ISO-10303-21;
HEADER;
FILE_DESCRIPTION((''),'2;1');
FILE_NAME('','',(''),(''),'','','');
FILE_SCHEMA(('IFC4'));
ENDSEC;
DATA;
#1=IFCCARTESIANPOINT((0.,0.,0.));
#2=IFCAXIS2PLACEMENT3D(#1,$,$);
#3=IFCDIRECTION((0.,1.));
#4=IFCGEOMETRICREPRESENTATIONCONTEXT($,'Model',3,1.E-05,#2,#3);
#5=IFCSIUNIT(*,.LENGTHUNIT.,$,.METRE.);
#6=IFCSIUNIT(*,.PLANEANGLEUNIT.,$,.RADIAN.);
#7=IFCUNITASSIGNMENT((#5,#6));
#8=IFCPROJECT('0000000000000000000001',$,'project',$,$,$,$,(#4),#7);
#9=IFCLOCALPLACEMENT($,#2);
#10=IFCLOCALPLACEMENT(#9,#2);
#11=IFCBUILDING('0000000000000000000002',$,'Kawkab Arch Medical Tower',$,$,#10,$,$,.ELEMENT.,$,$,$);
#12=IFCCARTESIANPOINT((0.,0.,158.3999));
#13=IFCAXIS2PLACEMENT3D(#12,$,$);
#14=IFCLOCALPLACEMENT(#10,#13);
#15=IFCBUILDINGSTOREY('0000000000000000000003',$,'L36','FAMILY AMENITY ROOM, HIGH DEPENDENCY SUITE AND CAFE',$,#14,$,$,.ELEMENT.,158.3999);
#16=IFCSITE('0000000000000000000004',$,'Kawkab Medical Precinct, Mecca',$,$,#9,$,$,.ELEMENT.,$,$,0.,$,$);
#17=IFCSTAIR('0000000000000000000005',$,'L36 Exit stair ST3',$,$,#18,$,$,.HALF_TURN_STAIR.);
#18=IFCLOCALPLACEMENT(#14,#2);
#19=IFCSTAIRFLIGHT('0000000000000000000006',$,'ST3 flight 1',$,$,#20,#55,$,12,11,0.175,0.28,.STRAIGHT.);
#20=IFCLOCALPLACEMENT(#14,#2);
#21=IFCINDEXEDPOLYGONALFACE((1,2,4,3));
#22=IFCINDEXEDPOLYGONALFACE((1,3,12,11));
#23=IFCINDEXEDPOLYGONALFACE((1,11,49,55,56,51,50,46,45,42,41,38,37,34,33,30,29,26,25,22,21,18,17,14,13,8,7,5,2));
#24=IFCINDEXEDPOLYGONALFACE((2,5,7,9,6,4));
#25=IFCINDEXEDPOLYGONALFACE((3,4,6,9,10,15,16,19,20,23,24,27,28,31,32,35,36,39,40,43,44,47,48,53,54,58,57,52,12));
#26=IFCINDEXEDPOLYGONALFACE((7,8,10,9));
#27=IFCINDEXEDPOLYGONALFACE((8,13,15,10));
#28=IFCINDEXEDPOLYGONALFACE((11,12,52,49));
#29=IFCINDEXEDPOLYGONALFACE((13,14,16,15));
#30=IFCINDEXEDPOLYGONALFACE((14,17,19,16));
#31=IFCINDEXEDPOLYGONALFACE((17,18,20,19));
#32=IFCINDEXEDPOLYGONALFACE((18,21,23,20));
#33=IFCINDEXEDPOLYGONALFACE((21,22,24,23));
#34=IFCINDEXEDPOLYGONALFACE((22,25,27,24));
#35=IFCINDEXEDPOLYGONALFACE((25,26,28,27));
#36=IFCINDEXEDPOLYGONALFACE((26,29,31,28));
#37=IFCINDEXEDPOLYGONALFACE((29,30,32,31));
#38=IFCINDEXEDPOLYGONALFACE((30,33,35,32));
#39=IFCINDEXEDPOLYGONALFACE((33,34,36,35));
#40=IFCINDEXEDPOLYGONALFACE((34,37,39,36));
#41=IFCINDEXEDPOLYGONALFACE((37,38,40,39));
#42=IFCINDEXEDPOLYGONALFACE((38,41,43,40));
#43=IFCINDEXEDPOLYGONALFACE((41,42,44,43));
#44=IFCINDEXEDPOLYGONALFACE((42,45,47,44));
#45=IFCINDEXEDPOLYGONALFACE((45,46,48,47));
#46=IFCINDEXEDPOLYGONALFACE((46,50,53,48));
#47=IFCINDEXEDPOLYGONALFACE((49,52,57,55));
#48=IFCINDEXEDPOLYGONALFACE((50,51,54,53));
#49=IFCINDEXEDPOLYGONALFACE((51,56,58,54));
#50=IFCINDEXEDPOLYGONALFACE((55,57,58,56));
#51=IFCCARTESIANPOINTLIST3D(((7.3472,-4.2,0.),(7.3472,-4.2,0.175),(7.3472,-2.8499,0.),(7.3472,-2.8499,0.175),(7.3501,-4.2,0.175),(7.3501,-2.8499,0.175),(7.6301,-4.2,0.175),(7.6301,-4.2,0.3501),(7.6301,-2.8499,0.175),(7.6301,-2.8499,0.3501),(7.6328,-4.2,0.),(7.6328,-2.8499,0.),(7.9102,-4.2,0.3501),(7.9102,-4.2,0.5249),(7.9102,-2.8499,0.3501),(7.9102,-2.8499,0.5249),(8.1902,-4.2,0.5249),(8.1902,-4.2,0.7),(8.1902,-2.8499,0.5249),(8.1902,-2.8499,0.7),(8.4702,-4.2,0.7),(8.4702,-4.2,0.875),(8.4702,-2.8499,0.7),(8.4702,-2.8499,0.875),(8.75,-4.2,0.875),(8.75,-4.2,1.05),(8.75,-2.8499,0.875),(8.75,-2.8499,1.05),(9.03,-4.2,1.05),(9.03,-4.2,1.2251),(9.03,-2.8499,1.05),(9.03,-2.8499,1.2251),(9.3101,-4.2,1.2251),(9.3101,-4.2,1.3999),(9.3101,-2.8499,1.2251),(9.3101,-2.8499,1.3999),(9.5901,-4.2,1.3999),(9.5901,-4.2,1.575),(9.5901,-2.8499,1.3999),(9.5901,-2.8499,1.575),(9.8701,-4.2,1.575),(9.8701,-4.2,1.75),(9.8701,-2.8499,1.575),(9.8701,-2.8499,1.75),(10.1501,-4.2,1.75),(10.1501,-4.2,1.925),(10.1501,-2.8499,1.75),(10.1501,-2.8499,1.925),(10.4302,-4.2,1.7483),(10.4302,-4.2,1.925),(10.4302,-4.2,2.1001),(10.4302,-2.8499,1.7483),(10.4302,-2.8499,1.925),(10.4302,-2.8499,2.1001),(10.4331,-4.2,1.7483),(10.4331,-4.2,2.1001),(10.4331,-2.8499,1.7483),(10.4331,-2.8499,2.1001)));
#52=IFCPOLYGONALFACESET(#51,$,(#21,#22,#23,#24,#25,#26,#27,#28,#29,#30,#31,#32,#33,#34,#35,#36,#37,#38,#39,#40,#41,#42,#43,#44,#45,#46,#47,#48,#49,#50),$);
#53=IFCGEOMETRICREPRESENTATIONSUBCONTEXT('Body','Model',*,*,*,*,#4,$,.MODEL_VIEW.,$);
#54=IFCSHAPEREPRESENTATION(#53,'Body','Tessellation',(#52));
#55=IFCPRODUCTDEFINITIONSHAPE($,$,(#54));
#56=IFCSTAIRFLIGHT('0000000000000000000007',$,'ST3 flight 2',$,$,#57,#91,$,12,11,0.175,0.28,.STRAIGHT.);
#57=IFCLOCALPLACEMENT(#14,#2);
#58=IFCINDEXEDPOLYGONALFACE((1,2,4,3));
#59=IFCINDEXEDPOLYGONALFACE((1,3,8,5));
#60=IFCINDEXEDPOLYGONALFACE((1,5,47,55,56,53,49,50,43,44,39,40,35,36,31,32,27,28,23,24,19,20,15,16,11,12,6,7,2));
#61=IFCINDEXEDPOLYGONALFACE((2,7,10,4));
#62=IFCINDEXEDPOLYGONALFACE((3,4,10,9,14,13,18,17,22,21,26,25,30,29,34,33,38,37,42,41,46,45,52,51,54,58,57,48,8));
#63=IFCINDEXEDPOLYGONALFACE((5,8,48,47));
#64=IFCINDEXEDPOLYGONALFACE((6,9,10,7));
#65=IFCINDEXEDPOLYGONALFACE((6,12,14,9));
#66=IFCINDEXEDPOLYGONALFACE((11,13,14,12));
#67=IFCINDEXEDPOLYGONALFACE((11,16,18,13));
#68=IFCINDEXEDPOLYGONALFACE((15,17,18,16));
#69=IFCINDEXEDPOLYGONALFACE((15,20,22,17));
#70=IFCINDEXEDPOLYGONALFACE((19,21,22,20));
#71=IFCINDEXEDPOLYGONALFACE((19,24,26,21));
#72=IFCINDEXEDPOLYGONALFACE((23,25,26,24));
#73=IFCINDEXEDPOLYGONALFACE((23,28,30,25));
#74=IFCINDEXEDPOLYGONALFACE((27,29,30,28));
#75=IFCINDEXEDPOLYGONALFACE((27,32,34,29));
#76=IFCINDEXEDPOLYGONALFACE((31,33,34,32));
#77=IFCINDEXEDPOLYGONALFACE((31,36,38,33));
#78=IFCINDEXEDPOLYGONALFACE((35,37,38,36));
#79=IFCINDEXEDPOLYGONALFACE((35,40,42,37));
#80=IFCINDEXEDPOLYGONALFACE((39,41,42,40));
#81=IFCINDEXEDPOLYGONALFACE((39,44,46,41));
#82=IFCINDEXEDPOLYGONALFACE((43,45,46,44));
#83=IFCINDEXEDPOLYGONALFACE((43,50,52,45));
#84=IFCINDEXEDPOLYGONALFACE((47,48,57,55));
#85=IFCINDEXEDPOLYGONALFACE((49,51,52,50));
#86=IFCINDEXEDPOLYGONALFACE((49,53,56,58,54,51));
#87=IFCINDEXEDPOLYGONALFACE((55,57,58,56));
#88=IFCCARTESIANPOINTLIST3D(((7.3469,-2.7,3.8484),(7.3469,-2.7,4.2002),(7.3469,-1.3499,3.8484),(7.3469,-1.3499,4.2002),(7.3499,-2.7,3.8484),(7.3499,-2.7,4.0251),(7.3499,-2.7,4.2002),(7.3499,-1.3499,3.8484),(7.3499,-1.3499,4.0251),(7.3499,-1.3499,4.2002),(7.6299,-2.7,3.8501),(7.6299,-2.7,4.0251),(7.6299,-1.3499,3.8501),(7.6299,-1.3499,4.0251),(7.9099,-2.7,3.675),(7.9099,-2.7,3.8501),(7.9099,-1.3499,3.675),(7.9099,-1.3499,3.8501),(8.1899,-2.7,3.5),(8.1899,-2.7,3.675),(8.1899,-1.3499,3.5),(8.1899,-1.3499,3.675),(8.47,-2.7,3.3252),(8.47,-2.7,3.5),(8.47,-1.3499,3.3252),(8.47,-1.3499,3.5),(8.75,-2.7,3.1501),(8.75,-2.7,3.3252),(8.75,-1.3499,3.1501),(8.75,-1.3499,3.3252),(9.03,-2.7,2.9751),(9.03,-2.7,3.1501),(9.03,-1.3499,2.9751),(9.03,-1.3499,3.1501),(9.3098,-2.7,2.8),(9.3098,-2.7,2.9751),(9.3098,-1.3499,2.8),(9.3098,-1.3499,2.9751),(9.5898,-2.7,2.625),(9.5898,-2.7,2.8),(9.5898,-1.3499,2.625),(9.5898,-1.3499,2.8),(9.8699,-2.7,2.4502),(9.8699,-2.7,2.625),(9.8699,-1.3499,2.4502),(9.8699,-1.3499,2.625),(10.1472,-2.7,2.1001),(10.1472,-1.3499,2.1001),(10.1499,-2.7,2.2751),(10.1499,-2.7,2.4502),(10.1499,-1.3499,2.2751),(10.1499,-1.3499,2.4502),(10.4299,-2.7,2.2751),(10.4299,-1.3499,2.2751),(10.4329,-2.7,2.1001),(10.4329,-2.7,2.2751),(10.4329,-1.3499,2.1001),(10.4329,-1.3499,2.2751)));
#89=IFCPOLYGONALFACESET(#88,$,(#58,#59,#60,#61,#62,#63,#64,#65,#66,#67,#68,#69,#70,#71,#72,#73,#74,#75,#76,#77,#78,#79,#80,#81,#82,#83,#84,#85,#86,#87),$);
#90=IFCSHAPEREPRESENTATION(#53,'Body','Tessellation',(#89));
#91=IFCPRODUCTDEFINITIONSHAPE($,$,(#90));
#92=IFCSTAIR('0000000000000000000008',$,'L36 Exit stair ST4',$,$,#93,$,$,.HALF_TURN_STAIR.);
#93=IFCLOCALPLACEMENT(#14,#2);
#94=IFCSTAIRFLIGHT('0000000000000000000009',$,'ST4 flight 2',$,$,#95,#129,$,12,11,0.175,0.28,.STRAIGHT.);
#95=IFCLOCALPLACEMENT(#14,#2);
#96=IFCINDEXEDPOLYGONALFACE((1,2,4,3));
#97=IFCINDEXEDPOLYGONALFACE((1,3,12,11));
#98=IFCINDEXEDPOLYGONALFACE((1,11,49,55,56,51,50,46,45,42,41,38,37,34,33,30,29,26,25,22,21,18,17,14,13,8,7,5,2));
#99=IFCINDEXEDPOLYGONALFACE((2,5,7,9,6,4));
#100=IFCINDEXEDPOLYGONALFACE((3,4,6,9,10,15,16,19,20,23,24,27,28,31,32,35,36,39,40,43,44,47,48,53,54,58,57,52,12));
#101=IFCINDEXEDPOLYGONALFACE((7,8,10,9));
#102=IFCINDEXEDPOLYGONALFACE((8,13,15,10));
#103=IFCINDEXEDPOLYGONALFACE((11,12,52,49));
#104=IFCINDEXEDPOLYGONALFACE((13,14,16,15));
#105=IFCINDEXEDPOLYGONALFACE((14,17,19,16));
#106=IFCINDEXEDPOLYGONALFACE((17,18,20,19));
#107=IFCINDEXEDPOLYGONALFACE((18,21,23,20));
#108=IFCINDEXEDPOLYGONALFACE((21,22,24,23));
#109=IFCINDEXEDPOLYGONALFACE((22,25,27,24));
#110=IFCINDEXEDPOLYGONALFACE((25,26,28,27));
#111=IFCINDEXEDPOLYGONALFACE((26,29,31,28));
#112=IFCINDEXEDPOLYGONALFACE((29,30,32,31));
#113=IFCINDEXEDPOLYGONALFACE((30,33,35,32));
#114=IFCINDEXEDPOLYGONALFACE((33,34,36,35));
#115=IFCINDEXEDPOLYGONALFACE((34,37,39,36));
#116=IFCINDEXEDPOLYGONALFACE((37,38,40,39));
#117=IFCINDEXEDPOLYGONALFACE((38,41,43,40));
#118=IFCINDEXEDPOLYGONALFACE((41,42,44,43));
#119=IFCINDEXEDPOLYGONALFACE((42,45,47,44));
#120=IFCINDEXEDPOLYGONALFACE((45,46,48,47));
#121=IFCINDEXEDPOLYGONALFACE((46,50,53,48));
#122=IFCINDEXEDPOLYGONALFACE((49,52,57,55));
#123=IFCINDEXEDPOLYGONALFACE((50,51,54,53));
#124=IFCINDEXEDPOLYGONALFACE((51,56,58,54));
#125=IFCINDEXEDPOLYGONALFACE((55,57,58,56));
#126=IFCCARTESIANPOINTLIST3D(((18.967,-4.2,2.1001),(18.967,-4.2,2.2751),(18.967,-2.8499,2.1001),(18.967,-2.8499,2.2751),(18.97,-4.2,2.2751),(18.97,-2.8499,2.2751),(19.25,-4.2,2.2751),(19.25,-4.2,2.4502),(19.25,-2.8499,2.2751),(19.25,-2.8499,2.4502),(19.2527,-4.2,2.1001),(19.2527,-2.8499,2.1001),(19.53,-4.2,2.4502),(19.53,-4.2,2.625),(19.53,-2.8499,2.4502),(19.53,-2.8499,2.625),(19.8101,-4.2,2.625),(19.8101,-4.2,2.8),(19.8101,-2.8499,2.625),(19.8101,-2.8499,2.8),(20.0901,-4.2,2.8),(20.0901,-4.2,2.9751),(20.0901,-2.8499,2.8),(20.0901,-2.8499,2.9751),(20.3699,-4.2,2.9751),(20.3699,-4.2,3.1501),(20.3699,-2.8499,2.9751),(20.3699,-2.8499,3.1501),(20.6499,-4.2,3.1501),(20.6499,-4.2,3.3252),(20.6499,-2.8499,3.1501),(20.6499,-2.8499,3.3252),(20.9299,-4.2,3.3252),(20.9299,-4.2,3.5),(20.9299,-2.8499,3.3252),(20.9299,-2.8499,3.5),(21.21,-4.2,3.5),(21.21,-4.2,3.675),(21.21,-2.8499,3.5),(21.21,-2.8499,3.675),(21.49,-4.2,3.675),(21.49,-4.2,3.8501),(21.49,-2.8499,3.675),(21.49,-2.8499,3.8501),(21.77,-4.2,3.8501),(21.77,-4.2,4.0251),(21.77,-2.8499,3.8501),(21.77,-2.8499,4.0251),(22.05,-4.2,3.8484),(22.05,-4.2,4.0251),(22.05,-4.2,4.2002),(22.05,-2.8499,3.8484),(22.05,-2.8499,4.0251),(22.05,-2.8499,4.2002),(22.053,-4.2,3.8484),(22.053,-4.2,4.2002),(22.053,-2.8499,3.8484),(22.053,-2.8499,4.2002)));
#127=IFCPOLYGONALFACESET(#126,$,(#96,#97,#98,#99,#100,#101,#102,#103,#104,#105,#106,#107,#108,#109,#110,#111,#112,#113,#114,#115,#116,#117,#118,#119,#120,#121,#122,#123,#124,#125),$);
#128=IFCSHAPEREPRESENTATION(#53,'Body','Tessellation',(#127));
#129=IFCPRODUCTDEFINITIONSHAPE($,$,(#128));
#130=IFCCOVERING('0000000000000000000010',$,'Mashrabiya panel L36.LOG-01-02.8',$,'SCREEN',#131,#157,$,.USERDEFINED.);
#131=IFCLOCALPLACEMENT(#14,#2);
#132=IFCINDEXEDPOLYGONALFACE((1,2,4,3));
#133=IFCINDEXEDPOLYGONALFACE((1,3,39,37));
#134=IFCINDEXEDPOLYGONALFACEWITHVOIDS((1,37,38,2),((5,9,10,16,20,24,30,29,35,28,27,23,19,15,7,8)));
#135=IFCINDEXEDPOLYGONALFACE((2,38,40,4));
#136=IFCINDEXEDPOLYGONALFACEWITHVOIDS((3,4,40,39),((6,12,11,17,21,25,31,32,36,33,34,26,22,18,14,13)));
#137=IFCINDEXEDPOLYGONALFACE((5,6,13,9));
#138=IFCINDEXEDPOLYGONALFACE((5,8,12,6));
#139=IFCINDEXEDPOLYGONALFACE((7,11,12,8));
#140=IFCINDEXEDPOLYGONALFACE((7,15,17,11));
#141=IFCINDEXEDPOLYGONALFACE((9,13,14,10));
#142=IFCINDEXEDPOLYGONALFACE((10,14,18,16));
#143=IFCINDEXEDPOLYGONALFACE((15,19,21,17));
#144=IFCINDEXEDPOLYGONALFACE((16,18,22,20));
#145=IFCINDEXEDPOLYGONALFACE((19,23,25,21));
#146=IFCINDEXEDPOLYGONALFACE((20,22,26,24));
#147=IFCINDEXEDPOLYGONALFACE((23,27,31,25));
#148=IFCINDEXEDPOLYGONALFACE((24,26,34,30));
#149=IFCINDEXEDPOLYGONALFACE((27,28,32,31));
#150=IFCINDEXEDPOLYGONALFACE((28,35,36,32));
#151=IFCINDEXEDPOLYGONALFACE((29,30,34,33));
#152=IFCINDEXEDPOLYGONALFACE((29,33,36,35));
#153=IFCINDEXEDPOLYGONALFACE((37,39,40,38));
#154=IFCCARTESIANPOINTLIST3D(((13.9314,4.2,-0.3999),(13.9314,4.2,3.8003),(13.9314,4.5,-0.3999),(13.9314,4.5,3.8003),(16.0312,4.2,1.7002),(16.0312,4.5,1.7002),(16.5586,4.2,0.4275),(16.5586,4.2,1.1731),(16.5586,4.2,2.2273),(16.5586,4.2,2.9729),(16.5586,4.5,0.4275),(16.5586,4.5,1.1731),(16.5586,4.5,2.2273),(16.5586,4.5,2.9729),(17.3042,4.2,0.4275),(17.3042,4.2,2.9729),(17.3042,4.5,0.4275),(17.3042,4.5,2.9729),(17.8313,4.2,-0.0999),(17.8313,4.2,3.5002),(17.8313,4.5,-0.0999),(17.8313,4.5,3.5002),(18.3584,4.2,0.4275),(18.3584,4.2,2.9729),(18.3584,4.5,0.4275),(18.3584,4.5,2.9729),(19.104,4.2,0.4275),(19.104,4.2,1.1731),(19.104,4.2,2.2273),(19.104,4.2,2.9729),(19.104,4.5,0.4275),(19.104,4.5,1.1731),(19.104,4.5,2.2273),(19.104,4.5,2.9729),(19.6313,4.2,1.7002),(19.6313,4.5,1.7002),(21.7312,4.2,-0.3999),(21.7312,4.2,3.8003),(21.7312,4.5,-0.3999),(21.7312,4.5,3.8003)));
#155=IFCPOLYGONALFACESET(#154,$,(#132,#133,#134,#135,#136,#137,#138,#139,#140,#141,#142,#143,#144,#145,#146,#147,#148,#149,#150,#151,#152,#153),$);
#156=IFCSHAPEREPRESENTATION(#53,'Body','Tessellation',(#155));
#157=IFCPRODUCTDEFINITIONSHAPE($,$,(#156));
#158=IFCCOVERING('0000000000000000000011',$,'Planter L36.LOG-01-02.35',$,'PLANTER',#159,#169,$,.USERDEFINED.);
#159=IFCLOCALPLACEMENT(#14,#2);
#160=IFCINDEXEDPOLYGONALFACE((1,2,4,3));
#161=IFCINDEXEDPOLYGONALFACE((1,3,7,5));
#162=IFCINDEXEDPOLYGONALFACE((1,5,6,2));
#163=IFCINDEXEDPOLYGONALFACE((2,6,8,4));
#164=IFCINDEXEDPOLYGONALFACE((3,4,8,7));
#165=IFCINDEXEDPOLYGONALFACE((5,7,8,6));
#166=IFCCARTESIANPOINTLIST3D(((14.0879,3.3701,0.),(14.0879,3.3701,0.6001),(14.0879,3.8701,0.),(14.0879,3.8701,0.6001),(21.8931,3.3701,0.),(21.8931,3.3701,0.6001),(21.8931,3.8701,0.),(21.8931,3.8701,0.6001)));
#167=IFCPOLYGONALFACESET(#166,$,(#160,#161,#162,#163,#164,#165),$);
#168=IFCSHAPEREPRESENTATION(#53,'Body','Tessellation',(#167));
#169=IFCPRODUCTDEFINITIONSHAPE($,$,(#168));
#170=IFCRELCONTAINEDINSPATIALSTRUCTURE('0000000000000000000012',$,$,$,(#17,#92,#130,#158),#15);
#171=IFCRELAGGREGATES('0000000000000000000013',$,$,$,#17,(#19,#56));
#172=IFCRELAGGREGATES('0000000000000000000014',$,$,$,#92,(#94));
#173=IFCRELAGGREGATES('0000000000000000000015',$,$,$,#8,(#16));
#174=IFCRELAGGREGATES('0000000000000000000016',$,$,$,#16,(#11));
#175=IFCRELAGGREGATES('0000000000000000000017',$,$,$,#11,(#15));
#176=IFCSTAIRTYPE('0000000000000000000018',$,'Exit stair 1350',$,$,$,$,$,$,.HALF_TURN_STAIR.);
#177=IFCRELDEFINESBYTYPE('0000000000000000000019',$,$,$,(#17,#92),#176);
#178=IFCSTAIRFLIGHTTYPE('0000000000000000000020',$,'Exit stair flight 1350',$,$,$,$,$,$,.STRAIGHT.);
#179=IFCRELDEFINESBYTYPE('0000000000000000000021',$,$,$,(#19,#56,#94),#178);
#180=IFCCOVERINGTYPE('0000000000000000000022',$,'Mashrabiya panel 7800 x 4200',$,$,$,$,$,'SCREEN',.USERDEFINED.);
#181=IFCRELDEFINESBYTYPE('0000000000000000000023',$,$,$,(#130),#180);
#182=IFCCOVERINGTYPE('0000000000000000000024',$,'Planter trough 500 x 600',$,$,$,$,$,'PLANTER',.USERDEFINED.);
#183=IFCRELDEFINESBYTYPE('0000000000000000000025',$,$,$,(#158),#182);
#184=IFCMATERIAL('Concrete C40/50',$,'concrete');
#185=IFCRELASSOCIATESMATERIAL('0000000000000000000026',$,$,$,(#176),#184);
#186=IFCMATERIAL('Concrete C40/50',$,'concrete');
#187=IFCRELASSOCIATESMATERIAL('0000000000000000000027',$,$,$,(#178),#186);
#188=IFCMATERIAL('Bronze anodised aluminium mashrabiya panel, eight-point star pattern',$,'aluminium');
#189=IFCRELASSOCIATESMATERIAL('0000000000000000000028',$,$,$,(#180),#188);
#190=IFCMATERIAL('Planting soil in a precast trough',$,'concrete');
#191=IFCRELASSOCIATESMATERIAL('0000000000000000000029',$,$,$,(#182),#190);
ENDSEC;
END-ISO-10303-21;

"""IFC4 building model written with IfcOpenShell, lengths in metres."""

from ifc_helpers import new_model, si_unit, direction, frame, origin, origin_2d, place, context, subcontext, project, spatial, polyline, rectangle, outline, extrude, material, material_profile, profile_set, type_object, element, aggregate, save


model = new_model("IFC4")

# Units and contexts
model_context = context("Model", 3, precision=1e-05, world=origin(), true_north=direction((0.0, 1.0)))
body_context = subcontext(model_context, "Body", "Model", "MODEL_VIEW")
ifc_project = project(units=[si_unit("LENGTHUNIT", "METRE"), si_unit("PLANEANGLEUNIT", "RADIAN")], contexts=[model_context])

# Site, building, storey
site_placement = place(None, origin())
site = spatial("IfcSite", under=ifc_project, at=site_placement, Name="Kawkab Medical Precinct, Mecca", CompositionType="ELEMENT", RefElevation=0.0)
building_placement = place(site_placement, origin())
building = spatial("IfcBuilding", under=site, at=building_placement, Name="Kawkab Arch Medical Tower", CompositionType="ELEMENT")
storey_placement = place(building_placement, frame((0.0, 0.0, 158.3999)))
storey = spatial("IfcBuildingStorey", under=building, at=storey_placement, Name="L36", Description="FAMILY AMENITY ROOM, HIGH DEPENDENCY SUITE AND CAFE", CompositionType="ELEMENT", Elevation=158.3999)

# Shared definitions
placement = place(storey_placement, origin())

# Stair, stair flights
ifc_material_1 = material(Name="Concrete C40/50", Category="concrete")
stair_type = type_object("IfcStairType", Name="Exit stair 1350", PredefinedType="HALF_TURN_STAIR", material=ifc_material_1)
stair_1 = element("IfcStair", 1, at=placement, inside=storey, type_object=stair_type, Name="L36 Exit stair ST3", PredefinedType="HALF_TURN_STAIR")
ifc_material_2 = material(Name="Concrete C40/50", Category="concrete")
stair_flight_type = type_object("IfcStairFlightType", Name="Exit stair flight 1350", PredefinedType="STRAIGHT", material=ifc_material_2)
stair_flight_1_placement = place(storey_placement, frame((7.3501, -3.5249, 0.0), z_axis=(0.0, 0.0, 1.0), x_axis=(1.0, 0.0, 0.0)))
stair_flight_1 = element("IfcStairFlight", 2, at=stair_flight_1_placement, type_object=stair_flight_type, Name="ST3 flight 1", NumberOfRisers=12, NumberOfTreads=11, PredefinedType="STRAIGHT", RiserHeight=0.175, TreadLength=0.28, context=body_context, shape_type="SweptSolid", body=[
    extrude(outline(polyline([(-0.0029, 0.0), (-0.0029, 0.175), (0.0, 0.175), (0.28, 0.175), (0.28, 0.3501), (0.5601, 0.3501), (0.5601, 0.5249), (0.8401, 0.5249), (0.8401, 0.7), (1.1201, 0.7), (1.1201, 0.875), (1.3999, 0.875), (1.3999, 1.05), (1.6799, 1.05), (1.6799, 1.2251), (1.96, 1.2251), (1.96, 1.3999), (2.24, 1.3999), (2.24, 1.575), (2.52, 1.575), (2.52, 1.75), (2.8, 1.75), (2.8, 1.925), (3.0801, 1.925), (3.0801, 2.1001), (3.083, 2.1001), (3.083, 1.7483), (3.0801, 1.7483), (0.2827, 0.0), (-0.0029, 0.0)])), frame((0.0, 0.675, 0.0), z_axis=(0.0, -1.0, 0.0), x_axis=(1.0, 0.0, 0.0)), (0.0, 0.0, 1.0), 1.3501),
])
stair_flight_2_placement = place(storey_placement, frame((10.4299, -2.0249, 2.1001), z_axis=(0.0, 0.0, 1.0), x_axis=(-1.0, 0.0, 0.0)))
stair_flight_2 = element("IfcStairFlight", 3, at=stair_flight_2_placement, type_object=stair_flight_type, Name="ST3 flight 2", NumberOfRisers=12, NumberOfTreads=11, PredefinedType="STRAIGHT", RiserHeight=0.175, TreadLength=0.28, context=body_context, shape_type="SweptSolid", body=[
    extrude(outline(polyline([(-0.0029, 0.0), (-0.0029, 0.175), (0.0, 0.175), (0.28, 0.175), (0.28, 0.3501), (0.5601, 0.3501), (0.5601, 0.5249), (0.8401, 0.5249), (0.8401, 0.7), (1.1201, 0.7), (1.1201, 0.875), (1.3999, 0.875), (1.3999, 1.05), (1.6799, 1.05), (1.6799, 1.2251), (1.96, 1.2251), (1.96, 1.3999), (2.24, 1.3999), (2.24, 1.575), (2.52, 1.575), (2.52, 1.75), (2.8, 1.75), (2.8, 1.925), (3.0801, 1.925), (3.0801, 2.1001), (3.083, 2.1001), (3.083, 1.7483), (3.0801, 1.7483), (0.2827, 0.0), (-0.0029, 0.0)])), frame((0.0, 0.675, 0.0), z_axis=(0.0, -1.0, 0.0), x_axis=(1.0, 0.0, 0.0)), (0.0, 0.0, 1.0), 1.3501),
])
aggregate(stair_1, [stair_flight_1, stair_flight_2])

# Stair, stair flight
stair_2 = element("IfcStair", 4, at=placement, inside=storey, type_object=stair_type, Name="L36 Exit stair ST4", PredefinedType="HALF_TURN_STAIR")
stair_flight_3_placement = place(storey_placement, frame((18.97, -3.5249, 2.1001), z_axis=(0.0, 0.0, 1.0), x_axis=(1.0, 0.0, 0.0)))
stair_flight_3 = element("IfcStairFlight", 5, at=stair_flight_3_placement, type_object=stair_flight_type, Name="ST4 flight 2", NumberOfRisers=12, NumberOfTreads=11, PredefinedType="STRAIGHT", RiserHeight=0.175, TreadLength=0.28, context=body_context, shape_type="SweptSolid", body=[
    extrude(outline(polyline([(-0.0029, 0.0), (-0.0029, 0.175), (0.0, 0.175), (0.28, 0.175), (0.28, 0.3501), (0.5601, 0.3501), (0.5601, 0.5249), (0.8401, 0.5249), (0.8401, 0.7), (1.1201, 0.7), (1.1201, 0.875), (1.3999, 0.875), (1.3999, 1.05), (1.6799, 1.05), (1.6799, 1.2251), (1.96, 1.2251), (1.96, 1.3999), (2.24, 1.3999), (2.24, 1.575), (2.52, 1.575), (2.52, 1.75), (2.8, 1.75), (2.8, 1.925), (3.0801, 1.925), (3.0801, 2.1001), (3.083, 2.1001), (3.083, 1.7483), (3.0801, 1.7483), (0.2827, 0.0), (-0.0029, 0.0)])), frame((0.0, 0.675, 0.0), z_axis=(0.0, -1.0, 0.0), x_axis=(1.0, 0.0, 0.0)), (0.0, 0.0, 1.0), 1.3501),
])
aggregate(stair_2, [stair_flight_3])

# Coverings
ifc_material_3 = material(Name="Bronze anodised aluminium mashrabiya panel, eight-point star pattern", Category="aluminium")
ifc_material_profile_1 = material_profile(ifc_material_3, outline(polyline([(-3.8999, -2.1001), (3.8999, -2.1001), (3.8999, 2.1001), (-3.8999, 2.1001), (-3.8999, -2.1001)]), holes=[polyline([(1.8, 0.0), (1.2727, 0.5271), (1.2727, 1.2727), (0.5271, 1.2727), (0.0, 1.8), (-0.5271, 1.2727), (-1.2727, 1.2727), (-1.2727, 0.5271), (-1.8, 0.0), (-1.2727, -0.5271), (-1.2727, -1.2727), (-0.5271, -1.2727), (0.0, -1.8), (0.5271, -1.2727), (1.2727, -1.2727), (1.2727, -0.5271), (1.8, 0.0)])]), Name="Mashrabiya panel 7800x4200")
ifc_profile_set_1 = profile_set([ifc_material_profile_1], Name="Bronze anodised aluminium mashrabiya panel, eight-point star pattern")
covering_type_1 = type_object("IfcCoveringType", Name="Mashrabiya panel 7800 x 4200", ElementType="SCREEN", PredefinedType="USERDEFINED", material=ifc_profile_set_1)
covering_1_placement = place(storey_placement, frame((17.8313, 4.2, 1.7002), z_axis=(0.0, 1.0, 0.0), x_axis=(-1.0, 0.0, 0.0)))
element("IfcCovering", 6, at=covering_1_placement, inside=storey, type_object=covering_type_1, Name="Mashrabiya panel L36.LOG-01-02.8", ObjectType="SCREEN", PredefinedType="USERDEFINED", context=body_context, shape_type="SweptSolid", body=[
    extrude(outline(polyline([(-3.8999, -2.1001), (3.8999, -2.1001), (3.8999, 2.1001), (-3.8999, 2.1001), (-3.8999, -2.1001)]), holes=[polyline([(1.8, 0.0), (1.2727, 0.5271), (1.2727, 1.2727), (0.5271, 1.2727), (0.0, 1.8), (-0.5271, 1.2727), (-1.2727, 1.2727), (-1.2727, 0.5271), (-1.8, 0.0), (-1.2727, -0.5271), (-1.2727, -1.2727), (-0.5271, -1.2727), (0.0, -1.8), (0.5271, -1.2727), (1.2727, -1.2727), (1.2727, -0.5271), (1.8, 0.0)])]), origin(), (0.0, 0.0, 1.0), 0.3),
])
ifc_material_4 = material(Name="Planting soil in a precast trough", Category="concrete")
ifc_material_profile_2 = material_profile(ifc_material_4, rectangle(XDim=0.5, YDim=0.6001, at=origin_2d()), Name="Trough 500x600")
ifc_profile_set_2 = profile_set([ifc_material_profile_2], Name="Planting soil in a precast trough")
covering_type_2 = type_object("IfcCoveringType", Name="Planter trough 500 x 600", ElementType="PLANTER", PredefinedType="USERDEFINED", material=ifc_profile_set_2)
covering_2_placement = place(storey_placement, frame((14.0879, 3.6201, 0.3), z_axis=(1.0, 0.0, 0.0), x_axis=(0.0, 1.0, 0.0)))
element("IfcCovering", 7, at=covering_2_placement, inside=storey, type_object=covering_type_2, Name="Planter L36.LOG-01-02.35", ObjectType="PLANTER", PredefinedType="USERDEFINED", context=body_context, shape_type="SweptSolid", body=[
    extrude(rectangle(XDim=0.5, YDim=0.6001, at=origin_2d()), origin(), (0.0, 0.0, 1.0), 7.8052),
])

save(model, "model.ifc")
